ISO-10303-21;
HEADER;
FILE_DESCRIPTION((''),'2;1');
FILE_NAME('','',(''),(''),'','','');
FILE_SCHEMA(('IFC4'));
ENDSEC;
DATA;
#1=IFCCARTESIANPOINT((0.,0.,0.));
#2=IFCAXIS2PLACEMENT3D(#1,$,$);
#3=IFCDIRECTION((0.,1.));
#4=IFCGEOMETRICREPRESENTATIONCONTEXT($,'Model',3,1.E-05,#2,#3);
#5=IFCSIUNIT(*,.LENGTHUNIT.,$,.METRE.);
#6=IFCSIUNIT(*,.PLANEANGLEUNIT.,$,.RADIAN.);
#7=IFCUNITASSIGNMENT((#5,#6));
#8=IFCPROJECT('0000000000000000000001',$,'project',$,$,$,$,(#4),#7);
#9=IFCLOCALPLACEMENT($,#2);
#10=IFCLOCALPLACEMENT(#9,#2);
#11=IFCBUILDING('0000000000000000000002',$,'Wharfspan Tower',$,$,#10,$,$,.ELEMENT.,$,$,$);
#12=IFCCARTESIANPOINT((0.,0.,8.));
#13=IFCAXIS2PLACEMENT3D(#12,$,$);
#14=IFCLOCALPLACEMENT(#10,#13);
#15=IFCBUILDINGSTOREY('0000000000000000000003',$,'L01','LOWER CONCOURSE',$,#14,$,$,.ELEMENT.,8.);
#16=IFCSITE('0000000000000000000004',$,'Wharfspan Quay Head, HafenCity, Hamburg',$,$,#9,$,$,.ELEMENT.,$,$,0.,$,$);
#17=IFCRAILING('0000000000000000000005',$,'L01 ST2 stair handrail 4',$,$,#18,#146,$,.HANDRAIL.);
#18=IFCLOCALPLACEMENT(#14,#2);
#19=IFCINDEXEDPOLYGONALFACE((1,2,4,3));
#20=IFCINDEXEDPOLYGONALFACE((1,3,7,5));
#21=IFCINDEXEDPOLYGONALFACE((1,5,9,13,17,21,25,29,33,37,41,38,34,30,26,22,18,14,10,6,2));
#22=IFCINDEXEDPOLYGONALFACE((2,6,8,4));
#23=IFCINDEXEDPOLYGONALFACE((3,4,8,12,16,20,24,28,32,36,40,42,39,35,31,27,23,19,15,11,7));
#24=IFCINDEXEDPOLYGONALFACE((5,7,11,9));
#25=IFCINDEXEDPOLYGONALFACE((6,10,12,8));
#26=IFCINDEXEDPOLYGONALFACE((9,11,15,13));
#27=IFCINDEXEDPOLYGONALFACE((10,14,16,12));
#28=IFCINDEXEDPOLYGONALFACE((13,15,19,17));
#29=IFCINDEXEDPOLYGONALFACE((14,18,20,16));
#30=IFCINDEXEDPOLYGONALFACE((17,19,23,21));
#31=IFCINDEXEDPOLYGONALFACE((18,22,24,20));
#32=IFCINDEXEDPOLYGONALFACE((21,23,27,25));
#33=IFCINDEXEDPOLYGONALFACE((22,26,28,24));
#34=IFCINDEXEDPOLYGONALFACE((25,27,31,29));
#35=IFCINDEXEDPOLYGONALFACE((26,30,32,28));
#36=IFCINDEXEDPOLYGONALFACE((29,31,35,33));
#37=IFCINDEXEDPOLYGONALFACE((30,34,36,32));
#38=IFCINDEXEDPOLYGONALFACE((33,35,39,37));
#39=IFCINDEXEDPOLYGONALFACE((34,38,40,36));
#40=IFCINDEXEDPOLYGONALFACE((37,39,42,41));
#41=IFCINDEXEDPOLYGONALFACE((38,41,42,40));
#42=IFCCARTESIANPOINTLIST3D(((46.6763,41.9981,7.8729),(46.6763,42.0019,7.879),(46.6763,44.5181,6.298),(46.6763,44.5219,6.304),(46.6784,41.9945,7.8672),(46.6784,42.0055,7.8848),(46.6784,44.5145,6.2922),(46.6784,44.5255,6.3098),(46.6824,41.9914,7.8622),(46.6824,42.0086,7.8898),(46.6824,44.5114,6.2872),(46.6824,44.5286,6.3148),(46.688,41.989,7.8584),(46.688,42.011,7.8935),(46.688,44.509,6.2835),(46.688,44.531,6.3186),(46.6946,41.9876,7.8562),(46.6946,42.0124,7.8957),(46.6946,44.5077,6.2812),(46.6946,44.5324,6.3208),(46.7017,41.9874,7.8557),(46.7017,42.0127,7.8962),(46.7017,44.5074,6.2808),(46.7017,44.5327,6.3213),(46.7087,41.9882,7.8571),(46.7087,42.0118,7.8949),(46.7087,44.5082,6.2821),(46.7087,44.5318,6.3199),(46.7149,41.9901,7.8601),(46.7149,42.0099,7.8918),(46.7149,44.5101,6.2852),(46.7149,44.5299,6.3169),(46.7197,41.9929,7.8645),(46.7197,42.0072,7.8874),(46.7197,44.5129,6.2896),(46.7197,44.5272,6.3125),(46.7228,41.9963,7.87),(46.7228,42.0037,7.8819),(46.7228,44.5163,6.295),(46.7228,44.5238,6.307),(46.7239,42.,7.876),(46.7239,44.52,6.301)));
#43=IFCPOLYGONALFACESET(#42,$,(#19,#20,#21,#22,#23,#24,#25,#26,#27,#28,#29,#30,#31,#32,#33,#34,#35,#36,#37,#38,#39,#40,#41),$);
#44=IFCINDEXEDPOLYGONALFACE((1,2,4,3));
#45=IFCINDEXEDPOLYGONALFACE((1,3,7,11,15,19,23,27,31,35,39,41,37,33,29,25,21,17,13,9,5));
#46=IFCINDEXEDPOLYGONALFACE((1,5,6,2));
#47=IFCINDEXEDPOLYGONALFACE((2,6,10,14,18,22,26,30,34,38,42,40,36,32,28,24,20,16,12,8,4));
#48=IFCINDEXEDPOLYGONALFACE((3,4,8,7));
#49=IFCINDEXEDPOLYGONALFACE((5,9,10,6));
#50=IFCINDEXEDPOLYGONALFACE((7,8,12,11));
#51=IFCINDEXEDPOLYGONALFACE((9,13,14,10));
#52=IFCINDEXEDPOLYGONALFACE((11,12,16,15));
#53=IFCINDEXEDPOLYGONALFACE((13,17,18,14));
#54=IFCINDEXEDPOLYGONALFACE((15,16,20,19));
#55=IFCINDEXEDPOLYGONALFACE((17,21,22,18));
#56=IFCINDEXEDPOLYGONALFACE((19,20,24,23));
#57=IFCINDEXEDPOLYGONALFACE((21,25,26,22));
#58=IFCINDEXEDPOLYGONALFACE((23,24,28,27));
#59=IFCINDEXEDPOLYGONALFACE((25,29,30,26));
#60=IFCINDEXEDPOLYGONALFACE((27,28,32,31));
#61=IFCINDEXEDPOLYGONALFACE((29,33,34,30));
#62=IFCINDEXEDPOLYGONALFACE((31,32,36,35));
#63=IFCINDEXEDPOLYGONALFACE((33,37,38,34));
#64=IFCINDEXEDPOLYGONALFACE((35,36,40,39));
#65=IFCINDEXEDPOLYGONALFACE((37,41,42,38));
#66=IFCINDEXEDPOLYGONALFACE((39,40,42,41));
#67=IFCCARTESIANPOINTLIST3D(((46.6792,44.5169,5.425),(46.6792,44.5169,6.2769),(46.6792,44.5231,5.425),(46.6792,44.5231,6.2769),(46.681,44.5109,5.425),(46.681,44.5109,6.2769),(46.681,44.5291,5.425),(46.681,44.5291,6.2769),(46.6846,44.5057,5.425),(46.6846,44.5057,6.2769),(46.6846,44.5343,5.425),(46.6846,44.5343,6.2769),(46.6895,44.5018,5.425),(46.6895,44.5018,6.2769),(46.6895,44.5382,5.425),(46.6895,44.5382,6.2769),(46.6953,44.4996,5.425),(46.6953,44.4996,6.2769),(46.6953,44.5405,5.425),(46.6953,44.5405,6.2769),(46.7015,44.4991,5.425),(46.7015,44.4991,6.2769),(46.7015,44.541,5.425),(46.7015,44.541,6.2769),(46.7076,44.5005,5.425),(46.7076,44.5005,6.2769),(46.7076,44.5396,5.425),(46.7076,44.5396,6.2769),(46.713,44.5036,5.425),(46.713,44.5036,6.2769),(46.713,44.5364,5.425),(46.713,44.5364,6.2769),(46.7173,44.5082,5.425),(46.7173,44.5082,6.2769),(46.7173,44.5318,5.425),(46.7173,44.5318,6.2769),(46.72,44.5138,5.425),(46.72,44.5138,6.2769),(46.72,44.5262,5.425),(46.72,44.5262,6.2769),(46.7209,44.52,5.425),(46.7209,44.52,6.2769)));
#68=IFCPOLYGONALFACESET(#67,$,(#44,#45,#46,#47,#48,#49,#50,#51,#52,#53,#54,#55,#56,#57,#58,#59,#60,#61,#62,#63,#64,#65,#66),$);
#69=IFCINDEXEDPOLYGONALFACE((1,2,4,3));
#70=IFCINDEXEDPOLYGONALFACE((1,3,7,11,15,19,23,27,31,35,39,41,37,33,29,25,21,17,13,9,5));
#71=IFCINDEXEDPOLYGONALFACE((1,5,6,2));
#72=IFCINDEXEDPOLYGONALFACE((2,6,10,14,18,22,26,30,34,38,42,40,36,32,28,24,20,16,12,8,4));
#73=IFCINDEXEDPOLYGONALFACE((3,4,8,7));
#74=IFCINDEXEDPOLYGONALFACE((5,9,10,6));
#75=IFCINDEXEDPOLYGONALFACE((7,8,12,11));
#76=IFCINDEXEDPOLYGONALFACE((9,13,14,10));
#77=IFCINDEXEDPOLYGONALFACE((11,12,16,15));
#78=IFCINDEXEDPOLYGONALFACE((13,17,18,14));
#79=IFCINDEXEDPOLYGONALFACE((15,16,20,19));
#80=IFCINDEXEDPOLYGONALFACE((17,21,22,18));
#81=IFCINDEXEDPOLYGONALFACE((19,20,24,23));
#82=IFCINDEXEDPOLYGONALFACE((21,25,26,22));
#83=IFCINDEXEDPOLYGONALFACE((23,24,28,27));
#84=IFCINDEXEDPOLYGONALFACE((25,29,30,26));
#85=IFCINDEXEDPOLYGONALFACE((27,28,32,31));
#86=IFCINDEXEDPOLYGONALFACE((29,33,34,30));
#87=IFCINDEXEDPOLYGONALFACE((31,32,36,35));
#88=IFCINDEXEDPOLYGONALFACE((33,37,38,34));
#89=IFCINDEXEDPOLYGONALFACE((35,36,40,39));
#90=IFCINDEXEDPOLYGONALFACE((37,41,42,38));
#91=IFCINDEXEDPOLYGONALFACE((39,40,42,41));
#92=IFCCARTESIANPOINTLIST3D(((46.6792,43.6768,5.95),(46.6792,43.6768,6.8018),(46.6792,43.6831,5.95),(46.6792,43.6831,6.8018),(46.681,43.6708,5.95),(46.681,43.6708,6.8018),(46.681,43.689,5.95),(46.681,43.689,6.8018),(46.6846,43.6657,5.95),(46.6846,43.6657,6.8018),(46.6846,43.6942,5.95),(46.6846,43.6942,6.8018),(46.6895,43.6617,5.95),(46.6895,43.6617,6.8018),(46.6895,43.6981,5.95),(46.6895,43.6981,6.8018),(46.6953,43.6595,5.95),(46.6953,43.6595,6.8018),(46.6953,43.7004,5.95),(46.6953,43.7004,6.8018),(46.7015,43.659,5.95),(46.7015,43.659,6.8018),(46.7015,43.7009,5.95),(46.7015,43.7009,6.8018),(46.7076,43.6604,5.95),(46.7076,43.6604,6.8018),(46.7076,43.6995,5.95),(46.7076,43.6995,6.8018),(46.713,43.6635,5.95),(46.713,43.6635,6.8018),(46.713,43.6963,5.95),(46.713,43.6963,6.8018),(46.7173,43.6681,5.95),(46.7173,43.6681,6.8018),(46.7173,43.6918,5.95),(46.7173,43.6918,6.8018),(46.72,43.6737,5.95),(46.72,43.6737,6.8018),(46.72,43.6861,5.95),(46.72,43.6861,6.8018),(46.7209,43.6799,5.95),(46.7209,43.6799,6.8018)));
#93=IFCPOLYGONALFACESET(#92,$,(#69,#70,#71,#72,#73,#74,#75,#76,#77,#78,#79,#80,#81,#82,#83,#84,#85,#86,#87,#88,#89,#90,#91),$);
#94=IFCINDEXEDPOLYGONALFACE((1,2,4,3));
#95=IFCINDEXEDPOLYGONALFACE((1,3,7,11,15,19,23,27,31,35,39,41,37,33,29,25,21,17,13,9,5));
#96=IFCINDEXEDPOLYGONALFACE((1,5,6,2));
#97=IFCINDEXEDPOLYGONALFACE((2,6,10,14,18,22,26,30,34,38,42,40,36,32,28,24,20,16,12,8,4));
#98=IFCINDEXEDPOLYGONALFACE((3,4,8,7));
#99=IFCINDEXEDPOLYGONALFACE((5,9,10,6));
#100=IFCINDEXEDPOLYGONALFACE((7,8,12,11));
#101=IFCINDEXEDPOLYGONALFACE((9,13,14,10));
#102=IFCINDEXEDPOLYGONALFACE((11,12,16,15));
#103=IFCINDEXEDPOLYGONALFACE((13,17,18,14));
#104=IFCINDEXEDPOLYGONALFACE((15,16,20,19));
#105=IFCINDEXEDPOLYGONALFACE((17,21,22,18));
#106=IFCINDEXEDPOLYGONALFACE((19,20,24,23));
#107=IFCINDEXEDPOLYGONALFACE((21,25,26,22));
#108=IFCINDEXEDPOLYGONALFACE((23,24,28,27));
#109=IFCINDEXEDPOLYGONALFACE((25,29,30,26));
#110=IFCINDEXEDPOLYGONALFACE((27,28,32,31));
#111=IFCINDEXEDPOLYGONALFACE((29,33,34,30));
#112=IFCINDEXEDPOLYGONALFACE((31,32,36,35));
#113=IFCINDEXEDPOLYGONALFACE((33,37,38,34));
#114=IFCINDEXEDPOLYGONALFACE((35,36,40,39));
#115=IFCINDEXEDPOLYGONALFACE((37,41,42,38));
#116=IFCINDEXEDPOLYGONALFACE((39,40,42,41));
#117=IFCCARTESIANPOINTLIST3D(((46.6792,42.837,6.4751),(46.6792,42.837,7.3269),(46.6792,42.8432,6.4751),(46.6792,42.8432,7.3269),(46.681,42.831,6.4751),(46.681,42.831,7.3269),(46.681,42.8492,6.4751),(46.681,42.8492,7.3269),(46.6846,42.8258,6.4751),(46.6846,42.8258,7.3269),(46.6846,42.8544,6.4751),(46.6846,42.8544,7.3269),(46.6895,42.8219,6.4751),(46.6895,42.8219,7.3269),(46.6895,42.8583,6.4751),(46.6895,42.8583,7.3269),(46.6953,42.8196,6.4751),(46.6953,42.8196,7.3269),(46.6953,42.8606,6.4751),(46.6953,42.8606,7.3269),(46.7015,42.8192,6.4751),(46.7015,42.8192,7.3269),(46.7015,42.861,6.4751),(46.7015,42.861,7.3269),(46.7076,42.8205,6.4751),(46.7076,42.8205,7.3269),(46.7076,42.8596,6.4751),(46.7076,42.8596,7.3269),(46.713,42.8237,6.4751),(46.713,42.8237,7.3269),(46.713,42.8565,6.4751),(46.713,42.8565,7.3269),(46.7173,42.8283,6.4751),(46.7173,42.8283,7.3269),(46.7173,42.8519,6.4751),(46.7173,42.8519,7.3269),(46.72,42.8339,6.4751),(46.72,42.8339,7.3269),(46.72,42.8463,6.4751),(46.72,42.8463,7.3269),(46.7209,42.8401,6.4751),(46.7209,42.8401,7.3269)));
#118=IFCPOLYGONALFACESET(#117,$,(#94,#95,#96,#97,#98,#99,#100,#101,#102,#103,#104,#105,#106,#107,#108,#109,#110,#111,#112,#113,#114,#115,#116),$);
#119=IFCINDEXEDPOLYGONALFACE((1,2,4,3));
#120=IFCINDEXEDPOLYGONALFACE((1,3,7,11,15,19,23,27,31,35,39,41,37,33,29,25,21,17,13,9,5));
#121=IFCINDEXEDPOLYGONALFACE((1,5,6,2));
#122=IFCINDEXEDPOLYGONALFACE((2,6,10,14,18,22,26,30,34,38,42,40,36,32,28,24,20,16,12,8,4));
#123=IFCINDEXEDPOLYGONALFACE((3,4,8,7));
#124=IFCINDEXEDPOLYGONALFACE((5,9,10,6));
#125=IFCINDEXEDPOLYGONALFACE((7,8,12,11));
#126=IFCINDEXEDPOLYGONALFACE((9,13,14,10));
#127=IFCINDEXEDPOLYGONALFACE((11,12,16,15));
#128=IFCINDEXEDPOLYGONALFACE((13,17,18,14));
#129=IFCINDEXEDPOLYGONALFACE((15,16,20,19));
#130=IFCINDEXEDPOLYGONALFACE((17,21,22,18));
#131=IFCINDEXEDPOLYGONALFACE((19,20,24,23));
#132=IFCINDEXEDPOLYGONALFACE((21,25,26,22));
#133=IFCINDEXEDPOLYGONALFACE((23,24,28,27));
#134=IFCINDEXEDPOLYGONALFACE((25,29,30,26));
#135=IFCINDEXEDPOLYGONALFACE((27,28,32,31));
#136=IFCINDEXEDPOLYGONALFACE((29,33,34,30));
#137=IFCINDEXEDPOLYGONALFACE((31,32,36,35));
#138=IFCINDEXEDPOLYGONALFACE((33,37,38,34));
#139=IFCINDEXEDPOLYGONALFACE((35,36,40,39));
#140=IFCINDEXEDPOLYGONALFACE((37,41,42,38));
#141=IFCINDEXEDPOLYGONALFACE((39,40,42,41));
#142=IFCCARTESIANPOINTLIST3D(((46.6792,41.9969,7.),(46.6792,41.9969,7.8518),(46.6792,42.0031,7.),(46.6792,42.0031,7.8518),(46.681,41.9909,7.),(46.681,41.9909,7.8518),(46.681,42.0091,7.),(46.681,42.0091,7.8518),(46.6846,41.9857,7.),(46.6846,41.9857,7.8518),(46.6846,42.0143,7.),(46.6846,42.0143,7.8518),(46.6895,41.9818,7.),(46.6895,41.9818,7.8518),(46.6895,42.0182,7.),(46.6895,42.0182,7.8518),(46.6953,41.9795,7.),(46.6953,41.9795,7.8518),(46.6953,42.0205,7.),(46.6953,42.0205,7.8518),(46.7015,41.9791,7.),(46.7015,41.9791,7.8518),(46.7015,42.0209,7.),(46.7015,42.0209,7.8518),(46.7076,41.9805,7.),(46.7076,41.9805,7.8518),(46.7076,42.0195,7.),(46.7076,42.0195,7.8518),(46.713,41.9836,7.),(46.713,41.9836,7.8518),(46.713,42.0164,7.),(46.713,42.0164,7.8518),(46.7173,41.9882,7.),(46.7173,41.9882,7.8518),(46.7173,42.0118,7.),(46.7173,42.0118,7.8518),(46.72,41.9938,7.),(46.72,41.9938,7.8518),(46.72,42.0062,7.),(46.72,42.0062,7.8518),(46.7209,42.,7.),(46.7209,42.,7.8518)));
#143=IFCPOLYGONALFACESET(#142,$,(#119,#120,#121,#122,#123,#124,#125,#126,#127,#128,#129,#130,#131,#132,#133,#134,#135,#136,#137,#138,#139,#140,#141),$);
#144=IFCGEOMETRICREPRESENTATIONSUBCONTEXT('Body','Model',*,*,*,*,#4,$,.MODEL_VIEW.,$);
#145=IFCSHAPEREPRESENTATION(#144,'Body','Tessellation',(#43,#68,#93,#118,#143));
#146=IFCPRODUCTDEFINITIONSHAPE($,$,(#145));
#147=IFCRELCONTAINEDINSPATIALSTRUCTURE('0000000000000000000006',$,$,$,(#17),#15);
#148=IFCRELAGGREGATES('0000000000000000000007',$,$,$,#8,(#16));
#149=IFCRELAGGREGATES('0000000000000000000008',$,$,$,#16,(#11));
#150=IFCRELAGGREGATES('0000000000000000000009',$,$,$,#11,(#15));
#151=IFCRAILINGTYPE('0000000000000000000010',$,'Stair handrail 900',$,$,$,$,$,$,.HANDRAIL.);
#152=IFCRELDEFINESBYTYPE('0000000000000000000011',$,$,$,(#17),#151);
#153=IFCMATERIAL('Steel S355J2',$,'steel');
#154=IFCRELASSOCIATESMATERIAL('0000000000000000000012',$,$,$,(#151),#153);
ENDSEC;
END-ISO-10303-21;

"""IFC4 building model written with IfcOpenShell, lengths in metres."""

from ifc_helpers import new_model, si_unit, direction, frame, origin, origin_2d, place, context, subcontext, project, spatial, circle, extrude, material, type_object, element, save


model = new_model("IFC4")

# Units and contexts
model_context = context("Model", 3, precision=1e-05, world=origin(), true_north=direction((0.0, 1.0)))
body_context = subcontext(model_context, "Body", "Model", "MODEL_VIEW")
ifc_project = project(units=[si_unit("LENGTHUNIT", "METRE"), si_unit("PLANEANGLEUNIT", "RADIAN")], contexts=[model_context])

# Site, building, storey
site_placement = place(None, origin())
site = spatial("IfcSite", under=ifc_project, at=site_placement, Name="Wharfspan Quay Head, HafenCity, Hamburg", CompositionType="ELEMENT", RefElevation=0.0)
building_placement = place(site_placement, origin())
building = spatial("IfcBuilding", under=site, at=building_placement, Name="Wharfspan Tower", CompositionType="ELEMENT")
storey_placement = place(building_placement, frame((0.0, 0.0, 8.0)))
storey = spatial("IfcBuildingStorey", under=building, at=storey_placement, Name="L01", Description="LOWER CONCOURSE", CompositionType="ELEMENT", Elevation=8.0)

# Railing
ifc_material_1 = material(Name="Steel S355J2", Category="steel")
railing_type_1 = type_object("IfcRailingType", Name="Stair handrail 900", PredefinedType="HANDRAIL", material=ifc_material_1)
for number, where, name in (
    (1, (46.7, 44.52, 5.425), "L01 ST2 stair handrail 4"),
):
    element("IfcRailing", number, at=place(storey_placement, frame(where)), inside=storey, type_object=railing_type_1, Name=name, PredefinedType="HANDRAIL", context=body_context, shape_type="SweptSolid", body=[
        extrude(circle(Radius=0.0239, at=origin_2d()), frame((0.0, 0.0, 0.876), z_axis=(0.0, -0.848008, 0.529984), x_axis=(1.0, 0.0, 0.0)), (0.0, 0.0, 1.0), 2.9717),
        extrude(circle(Radius=0.021, at=origin_2d()), origin(), (0.0, 0.0, 1.0), 0.8518),
        extrude(circle(Radius=0.021, at=origin_2d()), frame((0.0, -0.8401, 0.5249)), (0.0, 0.0, 1.0), 0.8518),
        extrude(circle(Radius=0.021, at=origin_2d()), frame((0.0, -1.6799, 1.05)), (0.0, 0.0, 1.0), 0.8518),
        extrude(circle(Radius=0.021, at=origin_2d()), frame((0.0, -2.52, 1.575)), (0.0, 0.0, 1.0), 0.8518),
    ])

save(model, "model.ifc")
